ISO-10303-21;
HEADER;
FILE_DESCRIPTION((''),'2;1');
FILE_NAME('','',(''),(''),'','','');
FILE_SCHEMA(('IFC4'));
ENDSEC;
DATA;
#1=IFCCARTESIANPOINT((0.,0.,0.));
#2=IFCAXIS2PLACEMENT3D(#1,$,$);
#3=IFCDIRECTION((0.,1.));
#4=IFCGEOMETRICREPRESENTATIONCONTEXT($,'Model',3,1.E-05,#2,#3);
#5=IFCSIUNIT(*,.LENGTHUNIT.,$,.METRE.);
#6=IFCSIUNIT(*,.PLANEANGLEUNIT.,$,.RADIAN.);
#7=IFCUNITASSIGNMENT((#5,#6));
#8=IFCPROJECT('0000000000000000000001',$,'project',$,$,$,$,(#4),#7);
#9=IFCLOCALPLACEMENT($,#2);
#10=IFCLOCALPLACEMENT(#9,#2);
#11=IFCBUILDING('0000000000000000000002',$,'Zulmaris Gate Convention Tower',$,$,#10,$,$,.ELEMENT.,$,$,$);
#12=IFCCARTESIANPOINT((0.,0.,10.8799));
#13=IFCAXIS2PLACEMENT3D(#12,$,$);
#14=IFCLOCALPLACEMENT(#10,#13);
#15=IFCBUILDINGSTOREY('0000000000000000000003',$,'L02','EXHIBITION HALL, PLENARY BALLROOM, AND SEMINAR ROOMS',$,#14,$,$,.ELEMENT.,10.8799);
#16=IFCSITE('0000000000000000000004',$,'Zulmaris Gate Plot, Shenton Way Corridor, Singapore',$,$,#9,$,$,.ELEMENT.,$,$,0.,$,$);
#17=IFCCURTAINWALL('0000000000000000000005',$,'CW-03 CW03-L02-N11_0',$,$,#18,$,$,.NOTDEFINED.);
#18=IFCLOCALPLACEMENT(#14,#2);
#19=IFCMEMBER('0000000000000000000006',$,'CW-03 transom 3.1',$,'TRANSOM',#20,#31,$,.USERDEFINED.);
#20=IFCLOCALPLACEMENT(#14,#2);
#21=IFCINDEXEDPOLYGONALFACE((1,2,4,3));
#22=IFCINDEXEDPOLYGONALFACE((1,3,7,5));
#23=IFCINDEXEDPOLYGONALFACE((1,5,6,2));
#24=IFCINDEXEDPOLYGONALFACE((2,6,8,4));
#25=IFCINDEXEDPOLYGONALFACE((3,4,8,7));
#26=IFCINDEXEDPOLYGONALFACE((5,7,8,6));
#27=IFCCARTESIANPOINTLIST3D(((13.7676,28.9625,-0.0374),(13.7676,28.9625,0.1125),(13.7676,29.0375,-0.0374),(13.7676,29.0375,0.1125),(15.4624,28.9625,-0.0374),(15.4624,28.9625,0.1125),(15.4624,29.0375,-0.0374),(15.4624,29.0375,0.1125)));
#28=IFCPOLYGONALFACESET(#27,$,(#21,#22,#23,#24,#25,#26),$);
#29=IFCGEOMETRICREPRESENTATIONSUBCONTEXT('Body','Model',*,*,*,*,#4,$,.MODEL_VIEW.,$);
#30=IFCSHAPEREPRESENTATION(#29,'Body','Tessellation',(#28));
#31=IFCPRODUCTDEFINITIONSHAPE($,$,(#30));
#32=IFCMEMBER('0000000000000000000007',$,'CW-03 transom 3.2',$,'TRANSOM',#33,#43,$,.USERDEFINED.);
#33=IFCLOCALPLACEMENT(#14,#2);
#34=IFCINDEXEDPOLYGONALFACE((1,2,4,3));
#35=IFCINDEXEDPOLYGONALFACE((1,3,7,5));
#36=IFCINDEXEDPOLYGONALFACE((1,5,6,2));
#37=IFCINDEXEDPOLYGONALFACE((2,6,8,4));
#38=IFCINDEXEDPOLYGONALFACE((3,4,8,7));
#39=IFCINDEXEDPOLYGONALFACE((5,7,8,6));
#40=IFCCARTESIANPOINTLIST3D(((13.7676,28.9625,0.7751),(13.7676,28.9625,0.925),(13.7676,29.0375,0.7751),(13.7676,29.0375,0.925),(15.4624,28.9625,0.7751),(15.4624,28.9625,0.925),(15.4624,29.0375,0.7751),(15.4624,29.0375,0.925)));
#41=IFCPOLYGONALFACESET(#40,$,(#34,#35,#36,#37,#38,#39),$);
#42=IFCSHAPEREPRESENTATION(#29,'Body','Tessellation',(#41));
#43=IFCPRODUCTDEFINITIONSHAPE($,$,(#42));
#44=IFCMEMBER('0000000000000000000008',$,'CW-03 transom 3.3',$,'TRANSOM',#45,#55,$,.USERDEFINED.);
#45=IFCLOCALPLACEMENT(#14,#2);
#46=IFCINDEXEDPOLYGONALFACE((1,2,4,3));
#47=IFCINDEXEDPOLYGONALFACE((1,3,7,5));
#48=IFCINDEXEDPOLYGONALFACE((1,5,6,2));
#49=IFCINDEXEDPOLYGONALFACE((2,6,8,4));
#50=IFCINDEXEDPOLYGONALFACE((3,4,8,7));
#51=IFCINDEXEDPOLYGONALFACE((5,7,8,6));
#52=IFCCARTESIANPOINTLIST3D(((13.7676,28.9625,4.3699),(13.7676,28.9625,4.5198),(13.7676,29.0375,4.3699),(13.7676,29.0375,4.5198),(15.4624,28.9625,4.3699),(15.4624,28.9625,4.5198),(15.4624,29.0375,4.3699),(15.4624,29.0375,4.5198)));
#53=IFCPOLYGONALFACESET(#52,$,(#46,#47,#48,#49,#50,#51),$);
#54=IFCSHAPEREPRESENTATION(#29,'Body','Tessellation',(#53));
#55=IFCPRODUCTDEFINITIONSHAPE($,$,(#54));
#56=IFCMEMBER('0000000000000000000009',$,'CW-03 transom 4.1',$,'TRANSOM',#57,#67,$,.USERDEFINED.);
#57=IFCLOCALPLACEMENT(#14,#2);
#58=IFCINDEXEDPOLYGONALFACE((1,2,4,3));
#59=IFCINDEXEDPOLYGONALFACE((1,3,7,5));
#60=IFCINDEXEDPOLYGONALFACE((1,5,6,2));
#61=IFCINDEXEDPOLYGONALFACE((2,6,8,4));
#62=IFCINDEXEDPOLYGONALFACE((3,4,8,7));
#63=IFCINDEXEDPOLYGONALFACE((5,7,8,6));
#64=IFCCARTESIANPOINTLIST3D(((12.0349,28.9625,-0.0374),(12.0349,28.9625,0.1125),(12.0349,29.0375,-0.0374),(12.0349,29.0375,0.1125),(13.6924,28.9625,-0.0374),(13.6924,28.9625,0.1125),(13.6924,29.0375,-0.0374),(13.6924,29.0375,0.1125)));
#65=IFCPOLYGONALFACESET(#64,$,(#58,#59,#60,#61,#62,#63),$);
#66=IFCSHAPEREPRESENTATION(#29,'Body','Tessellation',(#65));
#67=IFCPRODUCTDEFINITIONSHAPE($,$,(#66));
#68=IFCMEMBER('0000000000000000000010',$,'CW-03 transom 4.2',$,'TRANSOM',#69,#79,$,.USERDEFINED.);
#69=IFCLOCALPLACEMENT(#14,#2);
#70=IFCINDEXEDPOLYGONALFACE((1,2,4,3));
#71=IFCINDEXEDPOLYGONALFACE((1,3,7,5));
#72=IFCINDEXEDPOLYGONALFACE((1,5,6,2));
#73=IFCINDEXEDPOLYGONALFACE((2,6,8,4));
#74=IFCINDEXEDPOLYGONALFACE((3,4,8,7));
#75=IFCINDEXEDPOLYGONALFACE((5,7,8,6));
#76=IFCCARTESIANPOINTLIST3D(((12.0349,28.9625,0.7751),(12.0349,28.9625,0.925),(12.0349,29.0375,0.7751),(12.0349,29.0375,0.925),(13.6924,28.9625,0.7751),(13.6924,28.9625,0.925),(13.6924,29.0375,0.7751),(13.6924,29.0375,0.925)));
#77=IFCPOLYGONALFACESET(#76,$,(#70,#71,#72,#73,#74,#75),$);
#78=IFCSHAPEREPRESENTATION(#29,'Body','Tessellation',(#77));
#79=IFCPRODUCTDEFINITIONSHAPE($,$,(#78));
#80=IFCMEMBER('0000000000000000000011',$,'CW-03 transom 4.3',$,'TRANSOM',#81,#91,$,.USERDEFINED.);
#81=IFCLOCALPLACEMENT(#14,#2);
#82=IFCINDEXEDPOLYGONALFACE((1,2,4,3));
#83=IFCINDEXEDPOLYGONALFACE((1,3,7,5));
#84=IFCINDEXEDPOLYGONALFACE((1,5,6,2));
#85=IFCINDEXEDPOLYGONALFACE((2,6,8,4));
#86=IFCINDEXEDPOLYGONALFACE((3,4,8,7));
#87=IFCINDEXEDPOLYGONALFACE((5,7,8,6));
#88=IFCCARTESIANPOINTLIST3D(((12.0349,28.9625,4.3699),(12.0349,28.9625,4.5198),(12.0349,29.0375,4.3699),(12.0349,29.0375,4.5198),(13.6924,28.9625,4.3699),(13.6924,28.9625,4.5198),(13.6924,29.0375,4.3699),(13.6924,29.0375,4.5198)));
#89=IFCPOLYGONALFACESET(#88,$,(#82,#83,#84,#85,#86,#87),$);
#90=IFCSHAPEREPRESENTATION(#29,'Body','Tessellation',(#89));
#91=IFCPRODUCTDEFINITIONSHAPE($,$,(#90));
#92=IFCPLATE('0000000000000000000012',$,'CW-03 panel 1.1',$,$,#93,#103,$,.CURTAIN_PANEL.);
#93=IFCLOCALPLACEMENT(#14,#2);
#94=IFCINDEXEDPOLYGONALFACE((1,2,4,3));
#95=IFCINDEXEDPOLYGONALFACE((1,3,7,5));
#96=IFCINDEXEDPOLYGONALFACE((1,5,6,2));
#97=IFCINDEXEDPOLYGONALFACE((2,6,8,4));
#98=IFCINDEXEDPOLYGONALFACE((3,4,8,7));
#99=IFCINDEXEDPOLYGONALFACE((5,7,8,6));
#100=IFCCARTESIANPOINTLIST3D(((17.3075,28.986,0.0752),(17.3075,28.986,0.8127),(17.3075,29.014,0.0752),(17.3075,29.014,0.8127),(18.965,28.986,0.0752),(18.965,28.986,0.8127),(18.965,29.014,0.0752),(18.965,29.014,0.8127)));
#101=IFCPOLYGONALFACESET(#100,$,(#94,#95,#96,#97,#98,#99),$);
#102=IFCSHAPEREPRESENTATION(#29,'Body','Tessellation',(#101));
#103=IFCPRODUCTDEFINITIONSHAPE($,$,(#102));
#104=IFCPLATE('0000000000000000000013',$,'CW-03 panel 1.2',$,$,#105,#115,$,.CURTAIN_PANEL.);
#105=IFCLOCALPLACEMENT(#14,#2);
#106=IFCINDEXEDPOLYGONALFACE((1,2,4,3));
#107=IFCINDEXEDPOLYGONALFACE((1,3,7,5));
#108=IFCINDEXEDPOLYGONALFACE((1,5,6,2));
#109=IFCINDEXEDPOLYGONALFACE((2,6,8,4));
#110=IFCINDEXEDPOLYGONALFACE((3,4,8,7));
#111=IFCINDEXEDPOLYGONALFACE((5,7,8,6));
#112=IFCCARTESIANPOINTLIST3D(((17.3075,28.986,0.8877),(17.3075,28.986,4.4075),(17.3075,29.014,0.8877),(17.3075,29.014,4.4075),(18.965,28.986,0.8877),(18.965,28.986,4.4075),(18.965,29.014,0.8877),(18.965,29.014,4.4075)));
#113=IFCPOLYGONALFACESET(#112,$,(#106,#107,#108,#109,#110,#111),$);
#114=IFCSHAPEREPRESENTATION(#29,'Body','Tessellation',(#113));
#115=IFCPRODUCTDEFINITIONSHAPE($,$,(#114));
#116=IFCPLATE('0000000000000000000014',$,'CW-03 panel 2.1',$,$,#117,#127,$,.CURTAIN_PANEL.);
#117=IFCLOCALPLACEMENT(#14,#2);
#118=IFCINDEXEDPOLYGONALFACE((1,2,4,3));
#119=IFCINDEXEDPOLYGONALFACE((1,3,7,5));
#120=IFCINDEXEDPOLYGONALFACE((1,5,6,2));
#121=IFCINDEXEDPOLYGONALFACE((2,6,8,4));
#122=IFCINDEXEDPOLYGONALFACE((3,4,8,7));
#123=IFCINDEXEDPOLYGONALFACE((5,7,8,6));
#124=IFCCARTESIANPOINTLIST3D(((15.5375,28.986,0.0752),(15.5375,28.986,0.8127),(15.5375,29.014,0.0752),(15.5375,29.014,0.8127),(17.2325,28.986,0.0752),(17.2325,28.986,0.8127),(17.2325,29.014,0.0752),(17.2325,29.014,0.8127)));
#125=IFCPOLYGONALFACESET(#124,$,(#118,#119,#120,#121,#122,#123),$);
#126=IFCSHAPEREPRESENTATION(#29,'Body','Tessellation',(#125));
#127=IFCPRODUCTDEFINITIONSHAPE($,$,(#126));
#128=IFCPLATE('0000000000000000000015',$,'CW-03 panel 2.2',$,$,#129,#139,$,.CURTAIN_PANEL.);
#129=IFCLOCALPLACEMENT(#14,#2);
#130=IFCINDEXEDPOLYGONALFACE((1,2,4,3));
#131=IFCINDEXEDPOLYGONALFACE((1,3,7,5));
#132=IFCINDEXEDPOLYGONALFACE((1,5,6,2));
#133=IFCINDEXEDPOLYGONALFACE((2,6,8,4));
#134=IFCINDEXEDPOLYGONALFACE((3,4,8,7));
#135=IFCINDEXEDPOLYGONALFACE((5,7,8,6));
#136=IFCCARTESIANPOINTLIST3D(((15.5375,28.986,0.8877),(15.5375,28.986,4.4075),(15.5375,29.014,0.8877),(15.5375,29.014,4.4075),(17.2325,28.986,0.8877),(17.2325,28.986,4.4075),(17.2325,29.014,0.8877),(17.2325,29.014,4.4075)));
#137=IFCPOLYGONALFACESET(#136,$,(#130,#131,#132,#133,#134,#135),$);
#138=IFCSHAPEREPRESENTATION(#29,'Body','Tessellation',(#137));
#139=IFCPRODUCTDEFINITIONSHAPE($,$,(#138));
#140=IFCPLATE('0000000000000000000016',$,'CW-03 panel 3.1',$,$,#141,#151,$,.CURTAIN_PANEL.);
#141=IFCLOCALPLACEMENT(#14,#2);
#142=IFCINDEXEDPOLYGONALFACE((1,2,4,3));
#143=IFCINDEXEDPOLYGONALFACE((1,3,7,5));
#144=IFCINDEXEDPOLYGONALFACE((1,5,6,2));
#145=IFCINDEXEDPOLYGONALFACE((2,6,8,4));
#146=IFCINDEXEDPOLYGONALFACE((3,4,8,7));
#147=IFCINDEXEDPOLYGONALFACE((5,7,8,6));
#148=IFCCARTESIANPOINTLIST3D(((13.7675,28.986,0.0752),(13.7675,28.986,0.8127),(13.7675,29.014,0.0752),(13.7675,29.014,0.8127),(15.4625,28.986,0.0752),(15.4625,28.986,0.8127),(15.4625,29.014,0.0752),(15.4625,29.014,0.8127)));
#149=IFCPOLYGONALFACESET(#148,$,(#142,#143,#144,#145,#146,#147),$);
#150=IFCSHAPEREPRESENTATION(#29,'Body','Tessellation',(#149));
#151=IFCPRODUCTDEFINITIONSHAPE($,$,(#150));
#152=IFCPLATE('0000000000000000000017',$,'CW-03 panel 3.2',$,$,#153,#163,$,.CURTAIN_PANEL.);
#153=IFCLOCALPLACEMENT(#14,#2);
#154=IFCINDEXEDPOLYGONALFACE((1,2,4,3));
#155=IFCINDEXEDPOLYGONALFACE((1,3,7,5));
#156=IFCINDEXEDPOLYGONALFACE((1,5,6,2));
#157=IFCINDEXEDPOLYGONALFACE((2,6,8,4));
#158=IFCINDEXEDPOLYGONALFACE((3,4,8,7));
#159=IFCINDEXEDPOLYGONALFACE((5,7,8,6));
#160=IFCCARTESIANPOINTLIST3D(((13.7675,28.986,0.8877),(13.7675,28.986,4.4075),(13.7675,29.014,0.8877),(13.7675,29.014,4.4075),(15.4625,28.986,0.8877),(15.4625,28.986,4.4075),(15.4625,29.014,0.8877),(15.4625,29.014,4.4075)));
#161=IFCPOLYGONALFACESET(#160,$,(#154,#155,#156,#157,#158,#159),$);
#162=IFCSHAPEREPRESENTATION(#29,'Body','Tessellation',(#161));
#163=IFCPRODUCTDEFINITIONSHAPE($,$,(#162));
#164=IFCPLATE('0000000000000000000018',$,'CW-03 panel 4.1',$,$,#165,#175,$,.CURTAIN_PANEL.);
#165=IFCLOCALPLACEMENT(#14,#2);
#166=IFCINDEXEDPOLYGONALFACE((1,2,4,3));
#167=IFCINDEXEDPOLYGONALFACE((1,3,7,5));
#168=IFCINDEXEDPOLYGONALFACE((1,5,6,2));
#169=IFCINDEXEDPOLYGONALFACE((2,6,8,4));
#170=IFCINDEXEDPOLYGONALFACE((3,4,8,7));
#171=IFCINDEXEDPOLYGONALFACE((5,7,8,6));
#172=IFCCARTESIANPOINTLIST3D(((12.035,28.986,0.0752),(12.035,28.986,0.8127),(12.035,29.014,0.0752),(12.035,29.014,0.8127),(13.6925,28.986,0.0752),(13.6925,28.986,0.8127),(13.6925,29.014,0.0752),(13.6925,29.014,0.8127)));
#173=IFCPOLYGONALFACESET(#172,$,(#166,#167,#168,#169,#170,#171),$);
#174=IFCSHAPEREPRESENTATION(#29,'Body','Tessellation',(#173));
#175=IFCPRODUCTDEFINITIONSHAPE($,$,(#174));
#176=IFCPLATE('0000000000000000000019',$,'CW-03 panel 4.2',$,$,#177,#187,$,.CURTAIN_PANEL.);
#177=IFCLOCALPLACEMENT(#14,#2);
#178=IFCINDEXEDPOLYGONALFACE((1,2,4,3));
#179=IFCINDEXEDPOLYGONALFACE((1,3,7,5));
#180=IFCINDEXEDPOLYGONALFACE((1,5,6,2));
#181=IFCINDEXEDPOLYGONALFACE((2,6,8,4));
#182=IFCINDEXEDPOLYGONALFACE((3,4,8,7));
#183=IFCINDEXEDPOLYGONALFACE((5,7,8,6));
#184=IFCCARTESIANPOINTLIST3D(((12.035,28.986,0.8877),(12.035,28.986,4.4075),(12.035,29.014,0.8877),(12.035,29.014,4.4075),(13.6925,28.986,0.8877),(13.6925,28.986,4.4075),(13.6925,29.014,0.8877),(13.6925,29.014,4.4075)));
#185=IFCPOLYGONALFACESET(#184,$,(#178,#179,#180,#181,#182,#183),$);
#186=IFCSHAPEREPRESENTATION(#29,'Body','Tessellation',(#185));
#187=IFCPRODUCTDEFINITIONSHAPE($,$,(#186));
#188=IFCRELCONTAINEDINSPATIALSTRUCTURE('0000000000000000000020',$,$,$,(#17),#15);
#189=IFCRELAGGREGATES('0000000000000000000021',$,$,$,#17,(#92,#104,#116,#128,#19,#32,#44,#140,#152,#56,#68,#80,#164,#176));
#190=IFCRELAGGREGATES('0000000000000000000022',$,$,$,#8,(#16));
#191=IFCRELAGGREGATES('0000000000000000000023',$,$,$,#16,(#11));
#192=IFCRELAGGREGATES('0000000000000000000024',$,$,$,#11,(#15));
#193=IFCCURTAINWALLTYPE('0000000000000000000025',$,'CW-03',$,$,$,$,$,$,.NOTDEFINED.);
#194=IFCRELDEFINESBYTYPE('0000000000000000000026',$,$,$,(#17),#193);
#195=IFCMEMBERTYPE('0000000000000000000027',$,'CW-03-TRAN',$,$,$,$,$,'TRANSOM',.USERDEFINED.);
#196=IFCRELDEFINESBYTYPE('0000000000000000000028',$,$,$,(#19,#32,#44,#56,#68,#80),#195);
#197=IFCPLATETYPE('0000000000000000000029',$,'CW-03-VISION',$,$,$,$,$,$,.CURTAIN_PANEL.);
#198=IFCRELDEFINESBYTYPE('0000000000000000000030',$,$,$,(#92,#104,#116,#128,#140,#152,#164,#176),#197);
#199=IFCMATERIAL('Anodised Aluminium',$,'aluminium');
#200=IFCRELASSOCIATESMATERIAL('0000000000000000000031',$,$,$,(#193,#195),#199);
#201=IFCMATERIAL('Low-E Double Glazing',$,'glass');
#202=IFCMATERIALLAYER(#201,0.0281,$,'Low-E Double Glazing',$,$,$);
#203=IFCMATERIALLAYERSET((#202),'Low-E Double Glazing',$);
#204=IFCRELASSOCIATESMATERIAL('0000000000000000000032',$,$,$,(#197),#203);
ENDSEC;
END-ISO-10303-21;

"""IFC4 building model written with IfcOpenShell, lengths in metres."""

from ifc_helpers import new_model, si_unit, direction, frame, origin, origin_2d, place, context, subcontext, project, spatial, rectangle, extrude, material, layer, layer_set, material_profile, profile_set, type_object, element, aggregate, save


model = new_model("IFC4")

# Units and contexts
model_context = context("Model", 3, precision=1e-05, world=origin(), true_north=direction((0.0, 1.0)))
body_context = subcontext(model_context, "Body", "Model", "MODEL_VIEW")
ifc_project = project(units=[si_unit("LENGTHUNIT", "METRE"), si_unit("PLANEANGLEUNIT", "RADIAN")], contexts=[model_context])

# Site, building, storey
site_placement = place(None, origin())
site = spatial("IfcSite", under=ifc_project, at=site_placement, Name="Zulmaris Gate Plot, Shenton Way Corridor, Singapore", CompositionType="ELEMENT", RefElevation=0.0)
building_placement = place(site_placement, origin())
building = spatial("IfcBuilding", under=site, at=building_placement, Name="Zulmaris Gate Convention Tower", CompositionType="ELEMENT")
storey_placement = place(building_placement, frame((0.0, 0.0, 10.8799)))
storey = spatial("IfcBuildingStorey", under=building, at=storey_placement, Name="L02", Description="EXHIBITION HALL, PLENARY BALLROOM, AND SEMINAR ROOMS", CompositionType="ELEMENT", Elevation=10.8799)

# Curtain wall, members, plates
ifc_material_1 = material(Name="Anodised Aluminium", Category="aluminium")
curtain_wall_type = type_object("IfcCurtainWallType", Name="CW-03", PredefinedType="NOTDEFINED", material=ifc_material_1)
curtain_wall_placement = place(storey_placement, origin())
curtain_wall = element("IfcCurtainWall", 1, at=curtain_wall_placement, inside=storey, type_object=curtain_wall_type, Name="CW-03 CW03-L02-N11_0", PredefinedType="NOTDEFINED")
ifc_material_profile_1 = material_profile(ifc_material_1, rectangle(XDim=0.075, YDim=0.1499, at=origin_2d()), Name="ALU TRANSOM 75x150")
ifc_profile_set_1 = profile_set([ifc_material_profile_1], Name="Anodised Aluminium")
member_type_1 = type_object("IfcMemberType", Name="CW-03-TRAN", ElementType="TRANSOM", PredefinedType="USERDEFINED", material=ifc_profile_set_1)
member_1_placement = place(storey_placement, frame((15.4624, 29.0, 0.0376), z_axis=(-1.0, 0.0, 0.0), x_axis=(0.0, -1.0, 0.0)))
member_1 = element("IfcMember", 2, at=member_1_placement, type_object=member_type_1, Name="CW-03 transom 3.1", ObjectType="TRANSOM", PredefinedType="USERDEFINED", context=body_context, shape_type="SweptSolid", body=[
    extrude(rectangle(XDim=0.075, YDim=0.1499, at=origin_2d()), origin(), (0.0, 0.0, 1.0), 1.6948),
])
member_2_placement = place(storey_placement, frame((15.4624, 29.0, 0.8501), z_axis=(-1.0, 0.0, 0.0), x_axis=(0.0, -1.0, 0.0)))
member_2 = element("IfcMember", 3, at=member_2_placement, type_object=member_type_1, Name="CW-03 transom 3.2", ObjectType="TRANSOM", PredefinedType="USERDEFINED", context=body_context, shape_type="SweptSolid", body=[
    extrude(rectangle(XDim=0.075, YDim=0.1499, at=origin_2d()), origin(), (0.0, 0.0, 1.0), 1.6948),
])
member_3_placement = place(storey_placement, frame((15.4624, 29.0, 4.4448), z_axis=(-1.0, 0.0, 0.0), x_axis=(0.0, -1.0, 0.0)))
member_3 = element("IfcMember", 4, at=member_3_placement, type_object=member_type_1, Name="CW-03 transom 3.3", ObjectType="TRANSOM", PredefinedType="USERDEFINED", context=body_context, shape_type="SweptSolid", body=[
    extrude(rectangle(XDim=0.075, YDim=0.1499, at=origin_2d()), origin(), (0.0, 0.0, 1.0), 1.6948),
])
member_4_placement = place(storey_placement, frame((13.6924, 29.0, 0.0376), z_axis=(-1.0, 0.0, 0.0), x_axis=(0.0, -1.0, 0.0)))
member_4 = element("IfcMember", 5, at=member_4_placement, type_object=member_type_1, Name="CW-03 transom 4.1", ObjectType="TRANSOM", PredefinedType="USERDEFINED", context=body_context, shape_type="SweptSolid", body=[
    extrude(rectangle(XDim=0.075, YDim=0.1499, at=origin_2d()), origin(), (0.0, 0.0, 1.0), 1.6575),
])
member_5_placement = place(storey_placement, frame((13.6924, 29.0, 0.8501), z_axis=(-1.0, 0.0, 0.0), x_axis=(0.0, -1.0, 0.0)))
member_5 = element("IfcMember", 6, at=member_5_placement, type_object=member_type_1, Name="CW-03 transom 4.2", ObjectType="TRANSOM", PredefinedType="USERDEFINED", context=body_context, shape_type="SweptSolid", body=[
    extrude(rectangle(XDim=0.075, YDim=0.1499, at=origin_2d()), origin(), (0.0, 0.0, 1.0), 1.6575),
])
member_6_placement = place(storey_placement, frame((13.6924, 29.0, 4.4448), z_axis=(-1.0, 0.0, 0.0), x_axis=(0.0, -1.0, 0.0)))
member_6 = element("IfcMember", 7, at=member_6_placement, type_object=member_type_1, Name="CW-03 transom 4.3", ObjectType="TRANSOM", PredefinedType="USERDEFINED", context=body_context, shape_type="SweptSolid", body=[
    extrude(rectangle(XDim=0.075, YDim=0.1499, at=origin_2d()), origin(), (0.0, 0.0, 1.0), 1.6575),
])
ifc_material_2 = material(Name="Low-E Double Glazing", Category="glass")
ifc_layer_1 = layer(ifc_material_2, 0.0281, Name="Low-E Double Glazing")
ifc_layer_set_1 = layer_set([ifc_layer_1], Name="Low-E Double Glazing")
plate_type = type_object("IfcPlateType", Name="CW-03-VISION", PredefinedType="CURTAIN_PANEL", material=ifc_layer_set_1)
plate_1_placement = place(storey_placement, frame((18.1362, 29.0, 0.0752), z_axis=(0.0, 0.0, 1.0), x_axis=(-1.0, 0.0, 0.0)))
plate_1 = element("IfcPlate", 8, at=plate_1_placement, type_object=plate_type, Name="CW-03 panel 1.1", PredefinedType="CURTAIN_PANEL", context=body_context, shape_type="SweptSolid", body=[
    extrude(rectangle(XDim=1.6575, YDim=0.0281, at=origin_2d()), origin(), (0.0, 0.0, 1.0), 0.7375),
])
plate_2_placement = place(storey_placement, frame((18.1362, 29.0, 0.8877), z_axis=(0.0, 0.0, 1.0), x_axis=(-1.0, 0.0, 0.0)))
plate_2 = element("IfcPlate", 9, at=plate_2_placement, type_object=plate_type, Name="CW-03 panel 1.2", PredefinedType="CURTAIN_PANEL", context=body_context, shape_type="SweptSolid", body=[
    extrude(rectangle(XDim=1.6575, YDim=0.0281, at=origin_2d()), origin(), (0.0, 0.0, 1.0), 3.5198),
])
plate_3_placement = place(storey_placement, frame((16.385, 29.0, 0.0752), z_axis=(0.0, 0.0, 1.0), x_axis=(-1.0, 0.0, 0.0)))
plate_3 = element("IfcPlate", 10, at=plate_3_placement, type_object=plate_type, Name="CW-03 panel 2.1", PredefinedType="CURTAIN_PANEL", context=body_context, shape_type="SweptSolid", body=[
    extrude(rectangle(XDim=1.6951, YDim=0.0281, at=origin_2d()), origin(), (0.0, 0.0, 1.0), 0.7375),
])
plate_4_placement = place(storey_placement, frame((16.385, 29.0, 0.8877), z_axis=(0.0, 0.0, 1.0), x_axis=(-1.0, 0.0, 0.0)))
plate_4 = element("IfcPlate", 11, at=plate_4_placement, type_object=plate_type, Name="CW-03 panel 2.2", PredefinedType="CURTAIN_PANEL", context=body_context, shape_type="SweptSolid", body=[
    extrude(rectangle(XDim=1.6951, YDim=0.0281, at=origin_2d()), origin(), (0.0, 0.0, 1.0), 3.5198),
])
plate_5_placement = place(storey_placement, frame((14.615, 29.0, 0.0752), z_axis=(0.0, 0.0, 1.0), x_axis=(-1.0, 0.0, 0.0)))
plate_5 = element("IfcPlate", 12, at=plate_5_placement, type_object=plate_type, Name="CW-03 panel 3.1", PredefinedType="CURTAIN_PANEL", context=body_context, shape_type="SweptSolid", body=[
    extrude(rectangle(XDim=1.6951, YDim=0.0281, at=origin_2d()), origin(), (0.0, 0.0, 1.0), 0.7375),
])
plate_6_placement = place(storey_placement, frame((14.615, 29.0, 0.8877), z_axis=(0.0, 0.0, 1.0), x_axis=(-1.0, 0.0, 0.0)))
plate_6 = element("IfcPlate", 13, at=plate_6_placement, type_object=plate_type, Name="CW-03 panel 3.2", PredefinedType="CURTAIN_PANEL", context=body_context, shape_type="SweptSolid", body=[
    extrude(rectangle(XDim=1.6951, YDim=0.0281, at=origin_2d()), origin(), (0.0, 0.0, 1.0), 3.5198),
])
plate_7_placement = place(storey_placement, frame((12.8638, 29.0, 0.0752), z_axis=(0.0, 0.0, 1.0), x_axis=(-1.0, 0.0, 0.0)))
plate_7 = element("IfcPlate", 14, at=plate_7_placement, type_object=plate_type, Name="CW-03 panel 4.1", PredefinedType="CURTAIN_PANEL", context=body_context, shape_type="SweptSolid", body=[
    extrude(rectangle(XDim=1.6575, YDim=0.0281, at=origin_2d()), origin(), (0.0, 0.0, 1.0), 0.7375),
])
plate_8_placement = place(storey_placement, frame((12.8638, 29.0, 0.8877), z_axis=(0.0, 0.0, 1.0), x_axis=(-1.0, 0.0, 0.0)))
plate_8 = element("IfcPlate", 15, at=plate_8_placement, type_object=plate_type, Name="CW-03 panel 4.2", PredefinedType="CURTAIN_PANEL", context=body_context, shape_type="SweptSolid", body=[
    extrude(rectangle(XDim=1.6575, YDim=0.0281, at=origin_2d()), origin(), (0.0, 0.0, 1.0), 3.5198),
])
aggregate(curtain_wall, [plate_1, plate_2, plate_3, plate_4, member_1, member_2, member_3, plate_5, plate_6, member_4, member_5, member_6, plate_7, plate_8])

save(model, "model.ifc")
